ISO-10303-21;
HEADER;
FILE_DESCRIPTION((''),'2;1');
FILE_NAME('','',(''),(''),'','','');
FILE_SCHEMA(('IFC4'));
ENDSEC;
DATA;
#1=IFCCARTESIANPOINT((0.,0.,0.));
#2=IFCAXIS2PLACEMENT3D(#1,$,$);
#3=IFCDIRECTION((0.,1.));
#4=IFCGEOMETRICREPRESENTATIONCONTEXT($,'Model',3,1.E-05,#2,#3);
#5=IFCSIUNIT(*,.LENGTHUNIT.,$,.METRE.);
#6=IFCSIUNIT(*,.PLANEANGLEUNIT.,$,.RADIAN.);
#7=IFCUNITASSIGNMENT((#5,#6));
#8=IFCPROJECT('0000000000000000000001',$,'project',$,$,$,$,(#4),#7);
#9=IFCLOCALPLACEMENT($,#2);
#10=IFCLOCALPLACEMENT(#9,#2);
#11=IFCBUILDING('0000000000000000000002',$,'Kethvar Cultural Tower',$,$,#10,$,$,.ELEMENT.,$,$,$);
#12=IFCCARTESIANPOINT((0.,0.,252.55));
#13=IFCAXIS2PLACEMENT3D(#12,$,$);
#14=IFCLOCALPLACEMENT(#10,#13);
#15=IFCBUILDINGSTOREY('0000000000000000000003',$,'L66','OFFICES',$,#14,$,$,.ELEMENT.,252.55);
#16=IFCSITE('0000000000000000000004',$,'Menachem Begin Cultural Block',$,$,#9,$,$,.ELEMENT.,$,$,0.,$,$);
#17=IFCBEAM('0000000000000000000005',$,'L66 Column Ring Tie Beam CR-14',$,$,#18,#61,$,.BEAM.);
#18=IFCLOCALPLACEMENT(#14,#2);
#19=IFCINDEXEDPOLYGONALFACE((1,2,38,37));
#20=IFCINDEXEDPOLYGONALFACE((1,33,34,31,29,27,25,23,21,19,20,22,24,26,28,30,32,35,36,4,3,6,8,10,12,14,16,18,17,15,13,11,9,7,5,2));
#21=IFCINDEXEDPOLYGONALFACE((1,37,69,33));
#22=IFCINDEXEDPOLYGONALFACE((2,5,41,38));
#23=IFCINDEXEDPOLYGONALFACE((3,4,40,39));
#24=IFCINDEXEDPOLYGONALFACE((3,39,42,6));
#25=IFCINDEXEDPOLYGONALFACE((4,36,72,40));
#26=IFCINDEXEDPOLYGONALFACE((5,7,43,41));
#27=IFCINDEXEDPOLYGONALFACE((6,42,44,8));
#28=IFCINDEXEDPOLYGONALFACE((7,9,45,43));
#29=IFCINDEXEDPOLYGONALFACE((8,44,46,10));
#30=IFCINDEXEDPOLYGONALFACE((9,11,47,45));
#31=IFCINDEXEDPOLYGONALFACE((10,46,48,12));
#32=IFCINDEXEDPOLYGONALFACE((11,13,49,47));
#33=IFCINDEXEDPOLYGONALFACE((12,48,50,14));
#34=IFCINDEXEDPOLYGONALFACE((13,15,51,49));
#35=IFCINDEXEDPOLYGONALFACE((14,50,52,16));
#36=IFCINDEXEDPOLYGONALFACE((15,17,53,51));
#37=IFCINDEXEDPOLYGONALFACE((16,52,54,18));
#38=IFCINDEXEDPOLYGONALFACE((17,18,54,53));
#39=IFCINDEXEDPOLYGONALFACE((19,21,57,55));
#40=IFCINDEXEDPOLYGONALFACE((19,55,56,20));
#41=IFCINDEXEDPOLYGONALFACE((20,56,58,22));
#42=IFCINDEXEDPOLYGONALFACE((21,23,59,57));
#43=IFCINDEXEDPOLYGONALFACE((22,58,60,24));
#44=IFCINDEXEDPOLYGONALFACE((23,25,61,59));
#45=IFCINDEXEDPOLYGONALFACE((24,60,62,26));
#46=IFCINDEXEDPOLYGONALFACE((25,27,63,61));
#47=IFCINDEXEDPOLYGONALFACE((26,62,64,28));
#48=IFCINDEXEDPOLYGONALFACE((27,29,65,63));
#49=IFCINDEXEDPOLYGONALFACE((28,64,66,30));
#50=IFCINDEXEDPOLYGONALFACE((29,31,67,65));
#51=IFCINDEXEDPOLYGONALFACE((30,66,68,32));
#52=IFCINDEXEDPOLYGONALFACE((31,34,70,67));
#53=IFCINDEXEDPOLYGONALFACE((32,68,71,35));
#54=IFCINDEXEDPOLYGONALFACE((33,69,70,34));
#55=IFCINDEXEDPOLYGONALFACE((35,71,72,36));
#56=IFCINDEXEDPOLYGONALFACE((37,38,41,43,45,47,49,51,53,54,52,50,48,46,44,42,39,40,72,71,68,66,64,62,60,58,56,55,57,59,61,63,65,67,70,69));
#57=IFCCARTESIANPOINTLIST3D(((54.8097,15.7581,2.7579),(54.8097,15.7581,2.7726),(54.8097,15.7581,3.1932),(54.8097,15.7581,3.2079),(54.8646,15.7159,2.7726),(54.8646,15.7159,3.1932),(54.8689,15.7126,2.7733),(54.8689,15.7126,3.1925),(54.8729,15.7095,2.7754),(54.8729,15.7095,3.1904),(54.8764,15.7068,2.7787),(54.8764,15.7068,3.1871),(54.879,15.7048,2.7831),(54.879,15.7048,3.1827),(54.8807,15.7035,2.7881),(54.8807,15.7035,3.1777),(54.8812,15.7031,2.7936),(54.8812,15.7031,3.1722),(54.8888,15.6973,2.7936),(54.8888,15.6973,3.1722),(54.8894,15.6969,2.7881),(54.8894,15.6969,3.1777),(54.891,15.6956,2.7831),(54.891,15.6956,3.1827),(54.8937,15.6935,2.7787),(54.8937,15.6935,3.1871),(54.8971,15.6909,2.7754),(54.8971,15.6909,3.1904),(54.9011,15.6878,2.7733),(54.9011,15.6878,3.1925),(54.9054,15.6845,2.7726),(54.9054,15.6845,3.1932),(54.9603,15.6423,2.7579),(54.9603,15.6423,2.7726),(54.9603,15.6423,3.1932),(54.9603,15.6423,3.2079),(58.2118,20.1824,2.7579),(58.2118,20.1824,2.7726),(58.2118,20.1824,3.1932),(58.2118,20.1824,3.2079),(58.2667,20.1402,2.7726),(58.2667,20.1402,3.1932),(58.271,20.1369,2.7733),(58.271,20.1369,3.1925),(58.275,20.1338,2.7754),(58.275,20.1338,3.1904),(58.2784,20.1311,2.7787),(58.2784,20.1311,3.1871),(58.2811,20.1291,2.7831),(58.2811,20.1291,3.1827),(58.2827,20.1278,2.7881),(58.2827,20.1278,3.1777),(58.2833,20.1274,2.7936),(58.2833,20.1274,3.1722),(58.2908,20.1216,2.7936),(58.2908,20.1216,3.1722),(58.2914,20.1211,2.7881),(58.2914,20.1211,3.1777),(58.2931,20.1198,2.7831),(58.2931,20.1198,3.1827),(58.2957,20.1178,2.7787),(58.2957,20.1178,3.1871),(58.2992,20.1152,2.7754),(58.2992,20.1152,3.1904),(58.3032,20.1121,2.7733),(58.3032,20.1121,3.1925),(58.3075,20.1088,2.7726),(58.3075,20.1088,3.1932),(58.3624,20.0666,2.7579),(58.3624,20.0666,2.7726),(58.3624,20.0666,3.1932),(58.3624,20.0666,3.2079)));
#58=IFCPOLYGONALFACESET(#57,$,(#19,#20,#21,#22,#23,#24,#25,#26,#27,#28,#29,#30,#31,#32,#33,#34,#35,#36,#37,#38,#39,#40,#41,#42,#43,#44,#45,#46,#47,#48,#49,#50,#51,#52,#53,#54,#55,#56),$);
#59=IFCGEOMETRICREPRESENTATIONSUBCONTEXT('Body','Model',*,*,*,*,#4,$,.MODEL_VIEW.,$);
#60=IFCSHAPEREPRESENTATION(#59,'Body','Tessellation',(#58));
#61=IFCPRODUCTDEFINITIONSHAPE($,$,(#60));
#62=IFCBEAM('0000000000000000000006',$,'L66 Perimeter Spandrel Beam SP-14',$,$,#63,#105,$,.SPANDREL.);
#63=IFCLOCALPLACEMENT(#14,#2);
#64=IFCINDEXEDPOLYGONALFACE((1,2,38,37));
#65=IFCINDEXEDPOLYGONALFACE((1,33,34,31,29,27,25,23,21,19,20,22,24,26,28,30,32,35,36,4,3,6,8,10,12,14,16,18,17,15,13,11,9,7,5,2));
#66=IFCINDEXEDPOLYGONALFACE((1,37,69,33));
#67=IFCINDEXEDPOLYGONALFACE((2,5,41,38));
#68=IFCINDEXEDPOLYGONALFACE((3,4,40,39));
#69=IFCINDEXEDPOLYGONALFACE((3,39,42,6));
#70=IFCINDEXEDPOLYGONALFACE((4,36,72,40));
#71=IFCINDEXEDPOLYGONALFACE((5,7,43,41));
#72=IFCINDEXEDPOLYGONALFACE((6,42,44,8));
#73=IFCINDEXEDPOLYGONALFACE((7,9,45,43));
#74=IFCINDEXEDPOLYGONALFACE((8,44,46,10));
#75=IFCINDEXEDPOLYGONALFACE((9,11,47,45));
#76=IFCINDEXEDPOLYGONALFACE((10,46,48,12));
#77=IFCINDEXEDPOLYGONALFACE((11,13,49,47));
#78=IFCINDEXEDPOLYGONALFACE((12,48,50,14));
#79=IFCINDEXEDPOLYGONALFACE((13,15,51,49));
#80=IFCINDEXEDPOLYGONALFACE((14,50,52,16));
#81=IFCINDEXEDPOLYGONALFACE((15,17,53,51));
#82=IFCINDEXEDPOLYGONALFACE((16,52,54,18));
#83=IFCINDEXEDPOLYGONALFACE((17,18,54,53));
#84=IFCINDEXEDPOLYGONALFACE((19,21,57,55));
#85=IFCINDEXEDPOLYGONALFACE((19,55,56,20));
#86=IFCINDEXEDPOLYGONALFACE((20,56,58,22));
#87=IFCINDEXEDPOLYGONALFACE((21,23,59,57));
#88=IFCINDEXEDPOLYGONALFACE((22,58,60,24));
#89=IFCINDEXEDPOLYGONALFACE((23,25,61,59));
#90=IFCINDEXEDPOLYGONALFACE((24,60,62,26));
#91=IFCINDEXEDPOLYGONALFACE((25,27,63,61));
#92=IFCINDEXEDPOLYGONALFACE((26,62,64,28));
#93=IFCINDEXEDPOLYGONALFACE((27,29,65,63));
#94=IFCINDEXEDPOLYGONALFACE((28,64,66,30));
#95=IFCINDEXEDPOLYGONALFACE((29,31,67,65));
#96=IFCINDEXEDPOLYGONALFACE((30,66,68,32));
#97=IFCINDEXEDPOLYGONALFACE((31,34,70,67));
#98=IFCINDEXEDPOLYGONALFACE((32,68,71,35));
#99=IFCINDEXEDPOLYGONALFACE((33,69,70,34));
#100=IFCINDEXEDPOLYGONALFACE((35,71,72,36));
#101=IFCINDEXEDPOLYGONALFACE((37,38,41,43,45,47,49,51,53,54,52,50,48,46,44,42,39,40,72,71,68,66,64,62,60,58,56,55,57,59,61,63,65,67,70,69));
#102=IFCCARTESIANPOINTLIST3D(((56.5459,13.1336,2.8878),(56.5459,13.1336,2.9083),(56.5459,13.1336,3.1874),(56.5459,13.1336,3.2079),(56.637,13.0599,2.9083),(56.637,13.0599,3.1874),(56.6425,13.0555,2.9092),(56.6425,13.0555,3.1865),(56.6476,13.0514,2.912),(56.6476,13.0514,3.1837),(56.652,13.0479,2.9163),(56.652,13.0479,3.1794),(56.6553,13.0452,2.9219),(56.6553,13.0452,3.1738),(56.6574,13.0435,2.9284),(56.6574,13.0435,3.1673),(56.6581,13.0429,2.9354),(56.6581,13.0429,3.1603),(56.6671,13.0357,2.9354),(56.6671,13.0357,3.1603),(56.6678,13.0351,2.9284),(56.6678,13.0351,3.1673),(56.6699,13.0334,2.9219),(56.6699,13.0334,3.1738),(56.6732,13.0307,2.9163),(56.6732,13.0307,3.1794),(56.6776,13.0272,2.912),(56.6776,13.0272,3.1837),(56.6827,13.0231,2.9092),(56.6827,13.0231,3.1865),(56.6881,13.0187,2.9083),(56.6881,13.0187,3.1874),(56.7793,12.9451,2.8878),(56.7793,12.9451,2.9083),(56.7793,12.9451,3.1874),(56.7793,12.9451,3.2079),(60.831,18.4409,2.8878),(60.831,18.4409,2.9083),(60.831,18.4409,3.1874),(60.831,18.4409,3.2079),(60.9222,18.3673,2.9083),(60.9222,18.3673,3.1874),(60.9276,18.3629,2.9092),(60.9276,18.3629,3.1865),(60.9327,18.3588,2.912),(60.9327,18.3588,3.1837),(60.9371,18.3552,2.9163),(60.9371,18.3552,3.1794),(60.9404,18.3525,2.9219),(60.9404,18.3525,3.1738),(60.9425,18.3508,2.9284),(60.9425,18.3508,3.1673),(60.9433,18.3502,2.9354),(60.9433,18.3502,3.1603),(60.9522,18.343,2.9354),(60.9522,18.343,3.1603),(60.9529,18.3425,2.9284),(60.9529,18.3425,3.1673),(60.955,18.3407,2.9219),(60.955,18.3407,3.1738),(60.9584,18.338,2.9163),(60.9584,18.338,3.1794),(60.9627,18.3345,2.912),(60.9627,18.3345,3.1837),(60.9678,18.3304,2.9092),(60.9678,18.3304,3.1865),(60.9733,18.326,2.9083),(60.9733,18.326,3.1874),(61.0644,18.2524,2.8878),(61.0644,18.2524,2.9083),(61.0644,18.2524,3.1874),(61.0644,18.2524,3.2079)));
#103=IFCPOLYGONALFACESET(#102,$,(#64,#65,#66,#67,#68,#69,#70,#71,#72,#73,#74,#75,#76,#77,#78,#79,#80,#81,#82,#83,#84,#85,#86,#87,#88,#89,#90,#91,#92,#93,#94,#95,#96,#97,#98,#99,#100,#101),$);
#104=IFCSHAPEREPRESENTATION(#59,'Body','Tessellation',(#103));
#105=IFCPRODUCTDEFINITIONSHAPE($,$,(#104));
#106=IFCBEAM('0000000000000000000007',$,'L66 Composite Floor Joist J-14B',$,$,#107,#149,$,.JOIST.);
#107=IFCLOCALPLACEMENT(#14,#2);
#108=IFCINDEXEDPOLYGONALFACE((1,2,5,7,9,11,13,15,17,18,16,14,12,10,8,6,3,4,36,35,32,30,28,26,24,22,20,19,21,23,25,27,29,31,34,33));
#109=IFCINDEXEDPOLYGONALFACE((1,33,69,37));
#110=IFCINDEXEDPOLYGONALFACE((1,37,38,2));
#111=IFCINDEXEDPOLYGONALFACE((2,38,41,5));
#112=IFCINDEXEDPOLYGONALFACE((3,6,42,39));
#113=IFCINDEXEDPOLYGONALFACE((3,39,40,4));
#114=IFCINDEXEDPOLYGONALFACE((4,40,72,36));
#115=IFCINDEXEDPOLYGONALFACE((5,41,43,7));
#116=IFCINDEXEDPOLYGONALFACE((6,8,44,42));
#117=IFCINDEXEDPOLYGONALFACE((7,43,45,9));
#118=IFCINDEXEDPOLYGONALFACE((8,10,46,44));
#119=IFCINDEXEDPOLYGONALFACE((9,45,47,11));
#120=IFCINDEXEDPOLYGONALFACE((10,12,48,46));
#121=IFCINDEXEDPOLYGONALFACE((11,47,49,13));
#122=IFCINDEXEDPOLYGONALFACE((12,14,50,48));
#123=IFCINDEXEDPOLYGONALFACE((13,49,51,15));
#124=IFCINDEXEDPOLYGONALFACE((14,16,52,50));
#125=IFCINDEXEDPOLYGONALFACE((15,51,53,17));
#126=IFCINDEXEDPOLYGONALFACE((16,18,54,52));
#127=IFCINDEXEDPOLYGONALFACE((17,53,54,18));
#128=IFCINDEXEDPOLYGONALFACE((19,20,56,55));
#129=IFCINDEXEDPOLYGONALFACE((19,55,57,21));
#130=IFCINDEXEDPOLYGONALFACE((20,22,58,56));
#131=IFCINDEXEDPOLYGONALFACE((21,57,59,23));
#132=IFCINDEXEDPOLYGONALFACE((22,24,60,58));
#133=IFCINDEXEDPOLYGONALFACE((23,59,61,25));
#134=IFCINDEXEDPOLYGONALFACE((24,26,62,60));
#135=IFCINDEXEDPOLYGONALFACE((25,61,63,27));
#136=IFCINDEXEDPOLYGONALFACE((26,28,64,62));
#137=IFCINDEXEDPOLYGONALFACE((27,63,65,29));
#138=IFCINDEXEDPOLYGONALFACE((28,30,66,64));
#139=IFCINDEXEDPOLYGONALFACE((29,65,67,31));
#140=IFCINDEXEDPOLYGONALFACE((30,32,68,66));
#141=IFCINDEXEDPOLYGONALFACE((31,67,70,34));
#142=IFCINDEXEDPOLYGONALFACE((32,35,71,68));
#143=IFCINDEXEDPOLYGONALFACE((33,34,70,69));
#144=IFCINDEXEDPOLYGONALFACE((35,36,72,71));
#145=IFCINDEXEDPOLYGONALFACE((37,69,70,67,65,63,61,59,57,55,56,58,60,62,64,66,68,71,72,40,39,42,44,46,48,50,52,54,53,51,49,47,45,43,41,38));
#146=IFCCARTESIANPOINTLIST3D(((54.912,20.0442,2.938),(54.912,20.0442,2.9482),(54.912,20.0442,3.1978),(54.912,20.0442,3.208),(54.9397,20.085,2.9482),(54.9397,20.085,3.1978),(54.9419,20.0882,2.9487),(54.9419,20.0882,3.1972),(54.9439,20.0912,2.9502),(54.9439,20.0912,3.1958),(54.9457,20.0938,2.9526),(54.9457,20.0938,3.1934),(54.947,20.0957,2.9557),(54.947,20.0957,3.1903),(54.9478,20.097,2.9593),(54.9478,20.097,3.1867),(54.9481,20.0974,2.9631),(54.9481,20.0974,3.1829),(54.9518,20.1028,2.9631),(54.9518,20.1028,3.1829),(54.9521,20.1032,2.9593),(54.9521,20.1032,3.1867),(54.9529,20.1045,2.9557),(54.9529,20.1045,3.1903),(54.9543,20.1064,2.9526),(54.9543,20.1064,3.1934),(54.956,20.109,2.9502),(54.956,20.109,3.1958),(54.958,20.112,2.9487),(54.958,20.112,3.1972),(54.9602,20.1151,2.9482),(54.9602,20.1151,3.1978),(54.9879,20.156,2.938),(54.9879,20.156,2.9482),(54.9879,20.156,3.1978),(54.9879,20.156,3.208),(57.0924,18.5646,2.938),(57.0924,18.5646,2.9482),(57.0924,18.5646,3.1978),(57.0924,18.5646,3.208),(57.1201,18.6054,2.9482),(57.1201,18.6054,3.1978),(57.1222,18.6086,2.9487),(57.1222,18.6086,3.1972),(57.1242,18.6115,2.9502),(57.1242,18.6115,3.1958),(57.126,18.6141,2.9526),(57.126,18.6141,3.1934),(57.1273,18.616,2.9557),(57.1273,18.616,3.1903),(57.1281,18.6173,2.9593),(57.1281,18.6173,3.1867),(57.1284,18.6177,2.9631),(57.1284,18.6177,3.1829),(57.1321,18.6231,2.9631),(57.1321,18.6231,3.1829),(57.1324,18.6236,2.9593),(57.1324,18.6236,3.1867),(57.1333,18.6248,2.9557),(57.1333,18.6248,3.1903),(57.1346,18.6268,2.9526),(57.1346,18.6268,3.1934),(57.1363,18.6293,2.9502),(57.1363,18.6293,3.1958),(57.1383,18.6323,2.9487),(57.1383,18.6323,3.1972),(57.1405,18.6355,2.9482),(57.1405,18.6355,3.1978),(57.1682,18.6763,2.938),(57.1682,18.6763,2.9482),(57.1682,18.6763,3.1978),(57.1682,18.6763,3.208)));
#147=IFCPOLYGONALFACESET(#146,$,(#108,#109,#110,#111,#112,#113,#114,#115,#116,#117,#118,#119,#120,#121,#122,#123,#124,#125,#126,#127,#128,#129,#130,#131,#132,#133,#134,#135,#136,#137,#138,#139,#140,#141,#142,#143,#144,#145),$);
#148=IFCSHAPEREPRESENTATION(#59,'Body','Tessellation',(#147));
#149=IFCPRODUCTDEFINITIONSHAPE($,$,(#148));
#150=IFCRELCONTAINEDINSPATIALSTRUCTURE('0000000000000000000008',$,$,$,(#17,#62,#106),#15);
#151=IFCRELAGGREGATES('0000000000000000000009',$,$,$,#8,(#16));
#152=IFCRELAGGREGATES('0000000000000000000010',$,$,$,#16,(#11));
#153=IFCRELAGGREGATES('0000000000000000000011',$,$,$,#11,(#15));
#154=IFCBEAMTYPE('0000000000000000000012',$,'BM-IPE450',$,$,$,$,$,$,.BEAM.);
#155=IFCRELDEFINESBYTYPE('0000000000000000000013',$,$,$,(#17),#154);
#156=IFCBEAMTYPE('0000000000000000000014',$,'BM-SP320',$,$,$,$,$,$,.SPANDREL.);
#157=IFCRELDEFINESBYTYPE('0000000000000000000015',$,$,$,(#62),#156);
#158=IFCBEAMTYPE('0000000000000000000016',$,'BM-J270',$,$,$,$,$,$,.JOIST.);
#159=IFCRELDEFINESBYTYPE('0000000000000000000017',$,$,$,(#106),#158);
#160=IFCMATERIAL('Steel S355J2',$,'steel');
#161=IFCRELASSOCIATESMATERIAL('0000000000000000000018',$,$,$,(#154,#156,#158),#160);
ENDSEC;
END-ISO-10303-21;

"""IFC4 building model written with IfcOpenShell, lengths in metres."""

from ifc_helpers import new_model, si_unit, direction, frame, origin, origin_2d, place, context, subcontext, project, spatial, i_section, extrude, source, transform, mapped, material, material_profile, profile_set, type_object, element, save


model = new_model("IFC4")

# Units and contexts
model_context = context("Model", 3, precision=1e-05, world=origin(), true_north=direction((0.0, 1.0)))
body_context = subcontext(model_context, "Body", "Model", "MODEL_VIEW")
ifc_project = project(units=[si_unit("LENGTHUNIT", "METRE"), si_unit("PLANEANGLEUNIT", "RADIAN")], contexts=[model_context])

# Site, building, storey
site_placement = place(None, origin())
site = spatial("IfcSite", under=ifc_project, at=site_placement, Name="Menachem Begin Cultural Block", CompositionType="ELEMENT", RefElevation=0.0)
building_placement = place(site_placement, origin())
building = spatial("IfcBuilding", under=site, at=building_placement, Name="Kethvar Cultural Tower", CompositionType="ELEMENT")
storey_placement = place(building_placement, frame((0.0, 0.0, 252.55)))
storey = spatial("IfcBuildingStorey", under=building, at=storey_placement, Name="L66", Description="OFFICES", CompositionType="ELEMENT", Elevation=252.55)

# Beams
ifc_material_1 = material(Name="Steel S355J2", Category="steel")
ifc_material_profile_1 = material_profile(ifc_material_1, i_section(OverallWidth=0.1899, OverallDepth=0.45, WebThickness=0.0095, FlangeThickness=0.0146, FilletRadius=0.021, at=origin_2d()), Name="Steel S355J2 — IPE450")
ifc_profile_set_1 = profile_set([ifc_material_profile_1], Name="Steel S355J2 — IPE450")
beam_type_1 = type_object("IfcBeamType", Name="BM-IPE450", PredefinedType="BEAM", material=ifc_profile_set_1)
shared_shape_1 = source(origin(), body_context, "Body", "SweptSolid", [
    extrude(i_section(OverallWidth=0.1899, OverallDepth=0.45, WebThickness=0.0095, FlangeThickness=0.0146, FilletRadius=0.021, at=origin_2d()), origin(), (0.0, 0.0, 1.0), 5.5811),
])
beam_1_placement = place(storey_placement, frame((54.885, 15.7002, 2.9829), z_axis=(0.609573, 0.79273, 0.0), x_axis=(-0.79273, 0.609573, 0.0)))
element("IfcBeam", 1, at=beam_1_placement, inside=storey, type_object=beam_type_1, Name="L66 Column Ring Tie Beam CR-14", PredefinedType="BEAM", context=body_context, shape_type="MappedRepresentation", body=[
    mapped(shared_shape_1, transform((0.0, 0.0, 0.0), scale=1.0)),
])
ifc_material_profile_2 = material_profile(ifc_material_1, i_section(OverallWidth=0.3, OverallDepth=0.3201, WebThickness=0.0115, FlangeThickness=0.0205, FilletRadius=0.0271, at=origin_2d()), Name="Steel S355J2 — HEB320")
ifc_profile_set_2 = profile_set([ifc_material_profile_2], Name="Steel S355J2 — HEB320")
beam_type_2 = type_object("IfcBeamType", Name="BM-SP320", PredefinedType="SPANDREL", material=ifc_profile_set_2)
shared_shape_2 = source(origin(), body_context, "Body", "SweptSolid", [
    extrude(i_section(OverallWidth=0.3, OverallDepth=0.3201, WebThickness=0.0115, FlangeThickness=0.0205, FilletRadius=0.0271, at=origin_2d()), origin(), (0.0, 0.0, 1.0), 6.8213),
])
beam_2_placement = place(storey_placement, frame((56.6626, 13.0393, 3.0479), z_axis=(0.628198, 0.778054, 0.0), x_axis=(-0.778054, 0.628198, 0.0)))
element("IfcBeam", 2, at=beam_2_placement, inside=storey, type_object=beam_type_2, Name="L66 Perimeter Spandrel Beam SP-14", PredefinedType="SPANDREL", context=body_context, shape_type="MappedRepresentation", body=[
    mapped(shared_shape_2, transform((0.0, 0.0, 0.0), scale=1.0)),
])
ifc_material_profile_3 = material_profile(ifc_material_1, i_section(OverallWidth=0.135, OverallDepth=0.27, WebThickness=0.0066, FlangeThickness=0.0103, FilletRadius=0.0149, at=origin_2d()), Name="Steel S355J2 — IPE270")
ifc_profile_set_3 = profile_set([ifc_material_profile_3], Name="Steel S355J2 — IPE270")
beam_type_3 = type_object("IfcBeamType", Name="BM-J270", PredefinedType="JOIST", material=ifc_profile_set_3)
shared_shape_3 = source(origin(), body_context, "Body", "SweptSolid", [
    extrude(i_section(OverallWidth=0.135, OverallDepth=0.27, WebThickness=0.0066, FlangeThickness=0.0103, FilletRadius=0.0149, at=origin_2d()), origin(), (0.0, 0.0, 1.0), 2.635),
])
beam_3_placement = place(storey_placement, frame((54.95, 20.1001, 3.073), z_axis=(0.827447, -0.561544, 0.0), x_axis=(0.561544, 0.827447, 0.0)))
element("IfcBeam", 3, at=beam_3_placement, inside=storey, type_object=beam_type_3, Name="L66 Composite Floor Joist J-14B", PredefinedType="JOIST", context=body_context, shape_type="MappedRepresentation", body=[
    mapped(shared_shape_3, transform((0.0, 0.0, 0.0), scale=1.0)),
])

save(model, "model.ifc")
